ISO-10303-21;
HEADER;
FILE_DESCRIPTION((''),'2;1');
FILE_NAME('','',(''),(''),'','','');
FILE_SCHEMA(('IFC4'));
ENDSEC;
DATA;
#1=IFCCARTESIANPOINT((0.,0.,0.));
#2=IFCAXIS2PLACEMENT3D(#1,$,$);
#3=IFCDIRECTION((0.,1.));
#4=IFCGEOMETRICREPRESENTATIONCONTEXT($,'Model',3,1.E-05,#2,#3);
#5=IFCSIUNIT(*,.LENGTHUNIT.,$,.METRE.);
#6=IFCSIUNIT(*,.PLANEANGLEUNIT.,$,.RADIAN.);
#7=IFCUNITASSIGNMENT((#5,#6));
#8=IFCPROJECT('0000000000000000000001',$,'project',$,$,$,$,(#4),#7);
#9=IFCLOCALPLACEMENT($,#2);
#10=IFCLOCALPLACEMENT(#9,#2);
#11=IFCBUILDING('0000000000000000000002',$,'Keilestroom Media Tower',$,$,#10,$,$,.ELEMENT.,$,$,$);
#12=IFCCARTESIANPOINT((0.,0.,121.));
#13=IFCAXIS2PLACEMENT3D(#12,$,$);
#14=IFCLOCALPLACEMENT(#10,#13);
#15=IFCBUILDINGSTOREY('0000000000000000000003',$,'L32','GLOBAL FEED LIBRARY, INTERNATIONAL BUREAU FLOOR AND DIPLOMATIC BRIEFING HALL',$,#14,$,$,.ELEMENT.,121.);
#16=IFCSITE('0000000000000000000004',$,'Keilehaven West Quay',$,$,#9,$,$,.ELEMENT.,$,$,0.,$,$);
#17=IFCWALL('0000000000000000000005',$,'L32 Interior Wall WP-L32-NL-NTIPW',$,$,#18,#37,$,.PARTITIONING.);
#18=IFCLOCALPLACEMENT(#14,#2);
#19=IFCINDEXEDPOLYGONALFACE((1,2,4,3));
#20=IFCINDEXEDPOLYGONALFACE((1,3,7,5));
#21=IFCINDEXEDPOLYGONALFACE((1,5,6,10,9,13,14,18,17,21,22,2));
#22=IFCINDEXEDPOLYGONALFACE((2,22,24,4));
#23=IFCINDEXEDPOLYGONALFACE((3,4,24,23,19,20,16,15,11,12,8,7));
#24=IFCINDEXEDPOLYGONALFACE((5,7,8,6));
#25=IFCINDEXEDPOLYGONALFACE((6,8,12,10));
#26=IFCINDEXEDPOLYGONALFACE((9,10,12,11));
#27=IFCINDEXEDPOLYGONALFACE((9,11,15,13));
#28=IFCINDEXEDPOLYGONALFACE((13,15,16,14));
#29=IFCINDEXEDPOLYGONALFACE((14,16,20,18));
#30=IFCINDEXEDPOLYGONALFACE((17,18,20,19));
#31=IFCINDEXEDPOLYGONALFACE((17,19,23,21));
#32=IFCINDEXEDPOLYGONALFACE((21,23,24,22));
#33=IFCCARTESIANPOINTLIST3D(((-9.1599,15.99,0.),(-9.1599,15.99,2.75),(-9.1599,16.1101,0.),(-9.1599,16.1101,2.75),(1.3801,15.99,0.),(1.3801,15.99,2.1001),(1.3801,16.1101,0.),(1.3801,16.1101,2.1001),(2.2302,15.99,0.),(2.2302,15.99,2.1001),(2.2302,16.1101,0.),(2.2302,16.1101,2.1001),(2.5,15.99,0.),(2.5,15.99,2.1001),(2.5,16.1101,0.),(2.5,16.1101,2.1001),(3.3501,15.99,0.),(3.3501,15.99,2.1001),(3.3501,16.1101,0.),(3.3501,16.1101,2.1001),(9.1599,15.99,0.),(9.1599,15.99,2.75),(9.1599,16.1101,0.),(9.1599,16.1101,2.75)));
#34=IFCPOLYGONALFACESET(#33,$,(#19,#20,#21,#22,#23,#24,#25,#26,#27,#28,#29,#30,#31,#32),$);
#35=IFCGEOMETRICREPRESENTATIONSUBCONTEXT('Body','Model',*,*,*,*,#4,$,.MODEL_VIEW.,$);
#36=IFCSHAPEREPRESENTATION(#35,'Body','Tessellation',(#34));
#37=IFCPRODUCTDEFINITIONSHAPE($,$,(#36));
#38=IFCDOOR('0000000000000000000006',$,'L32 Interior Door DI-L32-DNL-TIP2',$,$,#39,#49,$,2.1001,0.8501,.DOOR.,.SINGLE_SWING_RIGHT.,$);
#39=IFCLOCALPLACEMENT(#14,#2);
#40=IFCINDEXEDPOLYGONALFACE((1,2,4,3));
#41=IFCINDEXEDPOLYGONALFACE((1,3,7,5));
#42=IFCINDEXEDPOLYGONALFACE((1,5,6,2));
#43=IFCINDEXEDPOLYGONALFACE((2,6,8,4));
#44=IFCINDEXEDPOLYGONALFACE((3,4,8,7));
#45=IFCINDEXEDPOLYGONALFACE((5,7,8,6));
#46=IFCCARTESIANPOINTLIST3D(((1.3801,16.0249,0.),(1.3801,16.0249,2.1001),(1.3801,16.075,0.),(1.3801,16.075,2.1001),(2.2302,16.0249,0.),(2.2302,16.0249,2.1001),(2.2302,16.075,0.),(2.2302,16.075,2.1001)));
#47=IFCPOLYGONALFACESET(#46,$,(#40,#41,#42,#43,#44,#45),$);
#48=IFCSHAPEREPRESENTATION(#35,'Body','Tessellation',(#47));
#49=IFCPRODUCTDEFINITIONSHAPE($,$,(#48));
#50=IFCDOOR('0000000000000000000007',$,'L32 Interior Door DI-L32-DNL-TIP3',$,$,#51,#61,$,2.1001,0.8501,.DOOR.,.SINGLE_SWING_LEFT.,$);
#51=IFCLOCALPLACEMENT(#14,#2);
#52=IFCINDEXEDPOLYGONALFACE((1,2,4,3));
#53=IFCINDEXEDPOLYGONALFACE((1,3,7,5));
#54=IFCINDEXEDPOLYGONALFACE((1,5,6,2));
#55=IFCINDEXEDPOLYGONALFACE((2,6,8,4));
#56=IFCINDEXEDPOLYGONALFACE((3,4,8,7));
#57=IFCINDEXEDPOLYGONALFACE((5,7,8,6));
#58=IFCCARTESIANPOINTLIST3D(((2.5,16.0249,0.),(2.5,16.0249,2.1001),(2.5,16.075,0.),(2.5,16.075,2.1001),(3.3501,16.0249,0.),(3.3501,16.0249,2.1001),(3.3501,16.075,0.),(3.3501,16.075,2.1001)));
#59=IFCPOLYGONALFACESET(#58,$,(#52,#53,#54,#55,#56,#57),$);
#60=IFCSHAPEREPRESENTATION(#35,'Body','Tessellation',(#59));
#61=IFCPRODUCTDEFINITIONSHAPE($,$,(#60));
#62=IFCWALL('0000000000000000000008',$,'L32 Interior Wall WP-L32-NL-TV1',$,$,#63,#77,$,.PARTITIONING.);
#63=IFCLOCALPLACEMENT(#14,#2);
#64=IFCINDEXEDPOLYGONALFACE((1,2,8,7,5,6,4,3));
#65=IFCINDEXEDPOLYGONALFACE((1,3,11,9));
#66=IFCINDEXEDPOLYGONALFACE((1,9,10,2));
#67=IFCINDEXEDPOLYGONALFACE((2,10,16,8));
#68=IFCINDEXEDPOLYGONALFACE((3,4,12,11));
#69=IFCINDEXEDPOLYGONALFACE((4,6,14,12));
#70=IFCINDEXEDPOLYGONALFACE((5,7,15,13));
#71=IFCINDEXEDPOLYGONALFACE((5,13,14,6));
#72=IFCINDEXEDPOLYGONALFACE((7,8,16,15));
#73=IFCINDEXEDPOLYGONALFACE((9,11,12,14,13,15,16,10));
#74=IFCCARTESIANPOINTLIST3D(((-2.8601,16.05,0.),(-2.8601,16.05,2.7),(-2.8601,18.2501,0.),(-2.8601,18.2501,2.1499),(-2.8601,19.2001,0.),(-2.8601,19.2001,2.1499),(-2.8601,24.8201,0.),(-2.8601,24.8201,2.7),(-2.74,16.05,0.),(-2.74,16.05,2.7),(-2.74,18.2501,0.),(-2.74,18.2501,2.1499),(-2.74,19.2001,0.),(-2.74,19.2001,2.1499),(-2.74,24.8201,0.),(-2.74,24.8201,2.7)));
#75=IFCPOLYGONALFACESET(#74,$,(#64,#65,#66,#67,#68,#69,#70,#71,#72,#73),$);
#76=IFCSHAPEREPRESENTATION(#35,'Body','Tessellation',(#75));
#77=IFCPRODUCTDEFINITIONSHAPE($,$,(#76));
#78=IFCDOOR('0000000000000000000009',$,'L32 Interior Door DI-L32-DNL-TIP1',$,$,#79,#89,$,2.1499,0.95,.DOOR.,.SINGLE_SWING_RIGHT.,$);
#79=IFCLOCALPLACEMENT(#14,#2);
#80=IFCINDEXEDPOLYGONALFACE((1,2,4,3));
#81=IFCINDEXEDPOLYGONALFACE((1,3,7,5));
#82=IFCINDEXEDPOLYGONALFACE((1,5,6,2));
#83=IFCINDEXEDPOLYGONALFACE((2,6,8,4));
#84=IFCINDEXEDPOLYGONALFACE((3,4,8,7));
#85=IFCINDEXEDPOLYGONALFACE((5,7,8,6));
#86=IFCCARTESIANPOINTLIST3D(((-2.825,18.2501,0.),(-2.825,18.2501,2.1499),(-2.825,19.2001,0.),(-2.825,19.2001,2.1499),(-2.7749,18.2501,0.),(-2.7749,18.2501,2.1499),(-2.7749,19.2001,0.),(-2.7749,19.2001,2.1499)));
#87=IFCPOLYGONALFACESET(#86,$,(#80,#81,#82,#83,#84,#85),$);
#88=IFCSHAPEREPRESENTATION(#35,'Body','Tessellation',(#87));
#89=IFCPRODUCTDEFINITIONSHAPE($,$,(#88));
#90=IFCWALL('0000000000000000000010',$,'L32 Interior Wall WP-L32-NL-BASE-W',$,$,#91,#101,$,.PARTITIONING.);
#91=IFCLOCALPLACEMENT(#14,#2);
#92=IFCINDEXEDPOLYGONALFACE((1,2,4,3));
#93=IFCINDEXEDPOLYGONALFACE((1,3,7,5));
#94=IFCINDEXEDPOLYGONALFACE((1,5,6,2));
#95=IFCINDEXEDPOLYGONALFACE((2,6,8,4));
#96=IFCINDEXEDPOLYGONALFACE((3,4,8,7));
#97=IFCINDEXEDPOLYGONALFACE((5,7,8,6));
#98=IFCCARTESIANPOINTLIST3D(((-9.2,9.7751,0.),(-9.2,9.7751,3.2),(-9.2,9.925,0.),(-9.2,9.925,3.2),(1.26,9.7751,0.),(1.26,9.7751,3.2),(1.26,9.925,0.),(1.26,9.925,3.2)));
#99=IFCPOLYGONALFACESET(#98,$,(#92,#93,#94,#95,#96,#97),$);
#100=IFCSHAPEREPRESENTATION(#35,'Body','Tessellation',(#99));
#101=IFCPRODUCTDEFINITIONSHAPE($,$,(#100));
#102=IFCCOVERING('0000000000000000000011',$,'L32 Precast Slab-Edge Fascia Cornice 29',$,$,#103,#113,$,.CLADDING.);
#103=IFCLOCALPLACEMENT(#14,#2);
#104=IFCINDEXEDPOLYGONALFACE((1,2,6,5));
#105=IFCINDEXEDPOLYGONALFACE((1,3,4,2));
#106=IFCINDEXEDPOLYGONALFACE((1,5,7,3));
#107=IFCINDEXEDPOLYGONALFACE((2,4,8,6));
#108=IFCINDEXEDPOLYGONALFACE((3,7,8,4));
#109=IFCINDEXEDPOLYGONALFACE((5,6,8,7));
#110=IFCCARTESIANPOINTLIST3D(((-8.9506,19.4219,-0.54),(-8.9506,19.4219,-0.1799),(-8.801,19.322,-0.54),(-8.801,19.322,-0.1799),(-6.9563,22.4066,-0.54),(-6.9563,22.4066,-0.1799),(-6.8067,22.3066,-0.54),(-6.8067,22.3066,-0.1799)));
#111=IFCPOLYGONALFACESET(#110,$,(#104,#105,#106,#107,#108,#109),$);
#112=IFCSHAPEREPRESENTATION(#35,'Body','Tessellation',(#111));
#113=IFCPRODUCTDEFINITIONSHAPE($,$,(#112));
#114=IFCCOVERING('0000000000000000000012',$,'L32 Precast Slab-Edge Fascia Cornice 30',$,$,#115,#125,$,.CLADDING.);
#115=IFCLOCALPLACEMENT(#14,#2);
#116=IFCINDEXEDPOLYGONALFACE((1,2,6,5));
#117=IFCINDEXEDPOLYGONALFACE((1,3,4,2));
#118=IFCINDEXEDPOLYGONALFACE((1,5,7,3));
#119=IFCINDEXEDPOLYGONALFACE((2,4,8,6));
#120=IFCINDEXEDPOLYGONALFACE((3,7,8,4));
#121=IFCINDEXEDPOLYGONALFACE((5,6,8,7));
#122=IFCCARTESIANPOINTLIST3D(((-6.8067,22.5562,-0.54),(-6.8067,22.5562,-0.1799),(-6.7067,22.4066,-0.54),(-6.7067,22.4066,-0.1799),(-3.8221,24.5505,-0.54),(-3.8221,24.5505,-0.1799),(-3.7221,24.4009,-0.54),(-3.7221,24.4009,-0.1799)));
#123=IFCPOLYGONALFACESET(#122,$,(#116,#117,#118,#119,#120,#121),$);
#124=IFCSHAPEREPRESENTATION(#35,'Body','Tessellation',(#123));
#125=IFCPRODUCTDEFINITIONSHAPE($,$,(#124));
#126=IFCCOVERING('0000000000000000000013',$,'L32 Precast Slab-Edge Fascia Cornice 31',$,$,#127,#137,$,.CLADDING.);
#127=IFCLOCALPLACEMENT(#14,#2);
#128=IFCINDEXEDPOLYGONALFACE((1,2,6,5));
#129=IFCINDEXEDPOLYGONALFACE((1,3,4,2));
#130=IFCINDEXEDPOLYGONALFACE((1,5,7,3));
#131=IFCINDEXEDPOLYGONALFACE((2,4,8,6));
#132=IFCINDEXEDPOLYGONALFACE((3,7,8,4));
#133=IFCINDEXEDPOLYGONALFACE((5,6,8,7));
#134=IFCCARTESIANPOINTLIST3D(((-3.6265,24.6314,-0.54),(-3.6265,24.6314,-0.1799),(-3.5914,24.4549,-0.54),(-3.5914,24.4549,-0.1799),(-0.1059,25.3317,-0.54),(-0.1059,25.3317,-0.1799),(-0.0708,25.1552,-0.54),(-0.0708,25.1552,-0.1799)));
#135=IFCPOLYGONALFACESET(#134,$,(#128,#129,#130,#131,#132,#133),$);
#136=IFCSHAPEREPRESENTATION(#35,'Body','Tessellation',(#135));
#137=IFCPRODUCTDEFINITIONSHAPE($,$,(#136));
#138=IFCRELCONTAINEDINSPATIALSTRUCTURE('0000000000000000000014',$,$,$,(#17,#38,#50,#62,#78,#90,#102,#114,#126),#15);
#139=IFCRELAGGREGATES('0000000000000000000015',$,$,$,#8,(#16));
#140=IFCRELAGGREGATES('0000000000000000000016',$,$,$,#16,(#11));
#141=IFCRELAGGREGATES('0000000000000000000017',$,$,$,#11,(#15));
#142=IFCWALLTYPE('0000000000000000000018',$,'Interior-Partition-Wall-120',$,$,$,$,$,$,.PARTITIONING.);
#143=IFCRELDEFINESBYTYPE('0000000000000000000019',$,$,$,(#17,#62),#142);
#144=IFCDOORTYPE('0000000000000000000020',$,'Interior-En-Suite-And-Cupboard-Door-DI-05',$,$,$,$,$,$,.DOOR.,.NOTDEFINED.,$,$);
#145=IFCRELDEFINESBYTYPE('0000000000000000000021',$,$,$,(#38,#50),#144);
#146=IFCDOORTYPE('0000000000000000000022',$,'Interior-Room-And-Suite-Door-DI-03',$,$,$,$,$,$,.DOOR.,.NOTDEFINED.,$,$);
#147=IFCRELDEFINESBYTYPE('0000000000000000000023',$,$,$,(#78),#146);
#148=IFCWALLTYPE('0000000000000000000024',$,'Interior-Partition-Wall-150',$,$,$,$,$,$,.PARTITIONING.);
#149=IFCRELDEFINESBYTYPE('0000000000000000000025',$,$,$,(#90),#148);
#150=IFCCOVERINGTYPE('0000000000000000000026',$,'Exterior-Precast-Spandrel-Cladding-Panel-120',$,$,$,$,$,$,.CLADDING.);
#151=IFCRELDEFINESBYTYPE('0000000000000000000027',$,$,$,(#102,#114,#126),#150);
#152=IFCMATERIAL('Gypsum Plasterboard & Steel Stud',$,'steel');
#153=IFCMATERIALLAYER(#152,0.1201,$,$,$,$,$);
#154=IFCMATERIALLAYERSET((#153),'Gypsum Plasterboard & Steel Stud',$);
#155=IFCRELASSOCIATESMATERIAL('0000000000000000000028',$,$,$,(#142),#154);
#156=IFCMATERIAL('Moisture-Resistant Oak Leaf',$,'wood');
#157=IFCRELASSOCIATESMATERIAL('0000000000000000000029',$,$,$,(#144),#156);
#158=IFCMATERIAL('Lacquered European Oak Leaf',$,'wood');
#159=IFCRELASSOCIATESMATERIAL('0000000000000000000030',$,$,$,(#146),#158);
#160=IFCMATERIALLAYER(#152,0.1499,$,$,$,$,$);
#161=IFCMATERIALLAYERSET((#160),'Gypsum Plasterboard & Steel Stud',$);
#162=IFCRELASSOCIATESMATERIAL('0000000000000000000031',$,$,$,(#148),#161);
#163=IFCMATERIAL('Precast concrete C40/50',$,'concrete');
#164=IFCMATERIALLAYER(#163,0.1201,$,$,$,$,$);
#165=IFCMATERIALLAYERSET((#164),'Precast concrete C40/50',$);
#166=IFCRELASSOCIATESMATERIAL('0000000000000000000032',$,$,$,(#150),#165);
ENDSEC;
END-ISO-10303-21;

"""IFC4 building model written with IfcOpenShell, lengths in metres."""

from ifc_helpers import new_model, si_unit, direction, frame, frame_2d, origin, origin_2d, place, context, subcontext, project, spatial, rectangle, extrude, source, transform, mapped, material, layer, layer_set, type_object, element, fill, save


model = new_model("IFC4")

# Units and contexts
model_context = context("Model", 3, precision=1e-05, world=origin(), true_north=direction((0.0, 1.0)))
body_context = subcontext(model_context, "Body", "Model", "MODEL_VIEW")
ifc_project = project(units=[si_unit("LENGTHUNIT", "METRE"), si_unit("PLANEANGLEUNIT", "RADIAN")], contexts=[model_context])

# Site, building, storey
site_placement = place(None, origin())
site = spatial("IfcSite", under=ifc_project, at=site_placement, Name="Keilehaven West Quay", CompositionType="ELEMENT", RefElevation=0.0)
building_placement = place(site_placement, origin())
building = spatial("IfcBuilding", under=site, at=building_placement, Name="Keilestroom Media Tower", CompositionType="ELEMENT")
storey_placement = place(building_placement, frame((0.0, 0.0, 121.0)))
storey = spatial("IfcBuildingStorey", under=building, at=storey_placement, Name="L32", Description="GLOBAL FEED LIBRARY, INTERNATIONAL BUREAU FLOOR AND DIPLOMATIC BRIEFING HALL", CompositionType="ELEMENT", Elevation=121.0)

# Shared definitions
ifc_material_1 = material(Name="Precast concrete C40/50", Category="concrete")

# Wall, openings, doors
ifc_material_2 = material(Name="Gypsum Plasterboard & Steel Stud", Category="steel")
ifc_layer_1 = layer(ifc_material_2, 0.1201)
ifc_layer_set_1 = layer_set([ifc_layer_1], Name="Gypsum Plasterboard & Steel Stud")
wall_type_1 = type_object("IfcWallType", Name="Interior-Partition-Wall-120", PredefinedType="PARTITIONING", material=ifc_layer_set_1)
wall_1_placement = place(storey_placement, frame((-9.1599, 16.05, 0.0), z_axis=(0.0, 0.0, 1.0), x_axis=(1.0, 0.0, 0.0)))
wall_1 = element("IfcWall", 1, at=wall_1_placement, inside=storey, type_object=wall_type_1, Name="L32 Interior Wall WP-L32-NL-NTIPW", PredefinedType="PARTITIONING", context=body_context, shape_type="SweptSolid", body=[
    extrude(rectangle(XDim=18.3198, YDim=0.1201, at=frame_2d((9.1599, 0.0))), origin(), (0.0, 0.0, 1.0), 2.75),
])
opening_1_placement = place(wall_1_placement, frame((10.54, 0.0, 0.0)))
opening_1 = element("IfcOpeningElement", 2, at=opening_1_placement, cuts=wall_1, PredefinedType="OPENING", context=body_context, shape_type="SweptSolid", body=[
    extrude(rectangle(XDim=0.8501, YDim=2.1001, at=frame_2d((0.425, 1.05))), frame((0.0, 0.0701, 0.0), z_axis=(0.0, -1.0, 0.0), x_axis=(1.0, 0.0, 0.0)), (0.0, 0.0, 1.0), 0.1401),
])
opening_2_placement = place(wall_1_placement, frame((11.6599, 0.0, 0.0)))
opening_2 = element("IfcOpeningElement", 3, at=opening_2_placement, cuts=wall_1, PredefinedType="OPENING", context=body_context, shape_type="SweptSolid", body=[
    extrude(rectangle(XDim=0.8501, YDim=2.1001, at=frame_2d((0.425, 1.05))), frame((0.0, 0.0701, 0.0), z_axis=(0.0, -1.0, 0.0), x_axis=(1.0, 0.0, 0.0)), (0.0, 0.0, 1.0), 0.1401),
])
ifc_material_3 = material(Name="Moisture-Resistant Oak Leaf", Category="wood")
door_type_1 = type_object("IfcDoorType", Name="Interior-En-Suite-And-Cupboard-Door-DI-05", OperationType="NOTDEFINED", PredefinedType="DOOR", material=ifc_material_3)
shared_shape_1 = source(origin(), body_context, "Body", "SweptSolid", [
    extrude(rectangle(XDim=0.8501, YDim=2.1001, at=frame_2d((0.425, 1.05))), frame((0.0, 0.0249, 0.0), z_axis=(0.0, -1.0, 0.0), x_axis=(1.0, 0.0, 0.0)), (0.0, 0.0, 1.0), 0.05),
])
door_1_placement = place(opening_1_placement, origin())
door_1 = element("IfcDoor", 4, at=door_1_placement, inside=storey, type_object=door_type_1, Name="L32 Interior Door DI-L32-DNL-TIP2", OperationType="SINGLE_SWING_RIGHT", OverallHeight=2.1001, OverallWidth=0.8501, PredefinedType="DOOR", context=body_context, shape_type="MappedRepresentation", body=[
    mapped(shared_shape_1, transform((0.0, 0.0, 0.0), x_axis=(1.0, 0.0, 0.0), y_axis=(0.0, 1.0, 0.0), z_axis=(0.0, 0.0, 1.0), scale=1.0)),
])
fill(opening_1, door_1)
door_2_placement = place(opening_2_placement, origin())
door_2 = element("IfcDoor", 5, at=door_2_placement, inside=storey, type_object=door_type_1, Name="L32 Interior Door DI-L32-DNL-TIP3", OperationType="SINGLE_SWING_LEFT", OverallHeight=2.1001, OverallWidth=0.8501, PredefinedType="DOOR", context=body_context, shape_type="MappedRepresentation", body=[
    mapped(shared_shape_1, transform((0.0, 0.0, 0.0), x_axis=(1.0, 0.0, 0.0), y_axis=(0.0, 1.0, 0.0), z_axis=(0.0, 0.0, 1.0), scale=1.0)),
])
fill(opening_2, door_2)

# Wall, opening, door
wall_2_placement = place(storey_placement, frame((-2.8, 16.05, 0.0), z_axis=(0.0, 0.0, 1.0), x_axis=(0.0, 1.0, 0.0)))
wall_2 = element("IfcWall", 6, at=wall_2_placement, inside=storey, type_object=wall_type_1, Name="L32 Interior Wall WP-L32-NL-TV1", PredefinedType="PARTITIONING", context=body_context, shape_type="SweptSolid", body=[
    extrude(rectangle(XDim=8.77, YDim=0.1201, at=frame_2d((4.385, 0.0))), origin(), (0.0, 0.0, 1.0), 2.7),
])
opening_3_placement = place(wall_2_placement, frame((2.2, 0.0, 0.0)))
opening_3 = element("IfcOpeningElement", 7, at=opening_3_placement, cuts=wall_2, PredefinedType="OPENING", context=body_context, shape_type="SweptSolid", body=[
    extrude(rectangle(XDim=0.95, YDim=2.1499, at=frame_2d((0.4751, 1.075))), frame((0.0, 0.0701, 0.0), z_axis=(0.0, -1.0, 0.0), x_axis=(1.0, 0.0, 0.0)), (0.0, 0.0, 1.0), 0.1401),
])
ifc_material_4 = material(Name="Lacquered European Oak Leaf", Category="wood")
door_type_2 = type_object("IfcDoorType", Name="Interior-Room-And-Suite-Door-DI-03", OperationType="NOTDEFINED", PredefinedType="DOOR", material=ifc_material_4)
shared_shape_2 = source(origin(), body_context, "Body", "SweptSolid", [
    extrude(rectangle(XDim=0.95, YDim=2.1499, at=frame_2d((0.4751, 1.075))), frame((0.0, 0.0249, 0.0), z_axis=(0.0, -1.0, 0.0), x_axis=(1.0, 0.0, 0.0)), (0.0, 0.0, 1.0), 0.05),
])
door_3_placement = place(opening_3_placement, origin())
door_3 = element("IfcDoor", 8, at=door_3_placement, inside=storey, type_object=door_type_2, Name="L32 Interior Door DI-L32-DNL-TIP1", OperationType="SINGLE_SWING_RIGHT", OverallHeight=2.1499, OverallWidth=0.95, PredefinedType="DOOR", context=body_context, shape_type="MappedRepresentation", body=[
    mapped(shared_shape_2, transform((0.0, 0.0, 0.0), x_axis=(1.0, 0.0, 0.0), y_axis=(0.0, 1.0, 0.0), z_axis=(0.0, 0.0, 1.0), scale=1.0)),
])
fill(opening_3, door_3)

# Wall
ifc_layer_2 = layer(ifc_material_2, 0.1499)
ifc_layer_set_2 = layer_set([ifc_layer_2], Name="Gypsum Plasterboard & Steel Stud")
wall_type_2 = type_object("IfcWallType", Name="Interior-Partition-Wall-150", PredefinedType="PARTITIONING", material=ifc_layer_set_2)
wall_3_placement = place(storey_placement, frame((-9.2, 9.8501, 0.0), z_axis=(0.0, 0.0, 1.0), x_axis=(1.0, 0.0, 0.0)))
element("IfcWall", 9, at=wall_3_placement, inside=storey, type_object=wall_type_2, Name="L32 Interior Wall WP-L32-NL-BASE-W", PredefinedType="PARTITIONING", context=body_context, shape_type="SweptSolid", body=[
    extrude(rectangle(XDim=10.46, YDim=0.1499, at=frame_2d((5.23, 0.0))), origin(), (0.0, 0.0, 1.0), 3.2),
])

# Coverings
ifc_layer_3 = layer(ifc_material_1, 0.1201)
ifc_layer_set_3 = layer_set([ifc_layer_3], Name="Precast concrete C40/50")
covering_type = type_object("IfcCoveringType", Name="Exterior-Precast-Spandrel-Cladding-Panel-120", PredefinedType="CLADDING", material=ifc_layer_set_3)
shared_shape_3 = source(origin(), body_context, "Body", "SweptSolid", [
    extrude(rectangle(XDim=3.5896, YDim=0.1799, at=origin_2d()), origin(), (0.0, 0.0, 1.0), 0.3601),
])
for number, where, z_axis, x_axis, name in (
    (10, (-7.8787, 20.8643, -0.54), (0.0, 0.0, 1.0), (0.555575, 0.831467, 0.0), "L32 Precast Slab-Edge Fascia Cornice 29"),
    (11, (-5.2644, 23.4785, -0.54), (0.0, 0.0, 1.0), (0.831467, 0.555575, 0.0), "L32 Precast Slab-Edge Fascia Cornice 30"),
    (12, (-1.8486, 24.8933, -0.54), (0.0, 0.0, 1.0), (0.980784, 0.195099, 0.0), "L32 Precast Slab-Edge Fascia Cornice 31"),
):
    element("IfcCovering", number, at=place(storey_placement, frame(where, z_axis=z_axis, x_axis=x_axis)), inside=storey, type_object=covering_type, Name=name, PredefinedType="CLADDING", context=body_context, shape_type="MappedRepresentation", body=[
        mapped(shared_shape_3, transform((0.0, 0.0, 0.0), x_axis=(1.0, 0.0, 0.0), y_axis=(0.0, 1.0, 0.0), z_axis=(0.0, 0.0, 1.0), scale=1.0)),
    ])

save(model, "model.ifc")
